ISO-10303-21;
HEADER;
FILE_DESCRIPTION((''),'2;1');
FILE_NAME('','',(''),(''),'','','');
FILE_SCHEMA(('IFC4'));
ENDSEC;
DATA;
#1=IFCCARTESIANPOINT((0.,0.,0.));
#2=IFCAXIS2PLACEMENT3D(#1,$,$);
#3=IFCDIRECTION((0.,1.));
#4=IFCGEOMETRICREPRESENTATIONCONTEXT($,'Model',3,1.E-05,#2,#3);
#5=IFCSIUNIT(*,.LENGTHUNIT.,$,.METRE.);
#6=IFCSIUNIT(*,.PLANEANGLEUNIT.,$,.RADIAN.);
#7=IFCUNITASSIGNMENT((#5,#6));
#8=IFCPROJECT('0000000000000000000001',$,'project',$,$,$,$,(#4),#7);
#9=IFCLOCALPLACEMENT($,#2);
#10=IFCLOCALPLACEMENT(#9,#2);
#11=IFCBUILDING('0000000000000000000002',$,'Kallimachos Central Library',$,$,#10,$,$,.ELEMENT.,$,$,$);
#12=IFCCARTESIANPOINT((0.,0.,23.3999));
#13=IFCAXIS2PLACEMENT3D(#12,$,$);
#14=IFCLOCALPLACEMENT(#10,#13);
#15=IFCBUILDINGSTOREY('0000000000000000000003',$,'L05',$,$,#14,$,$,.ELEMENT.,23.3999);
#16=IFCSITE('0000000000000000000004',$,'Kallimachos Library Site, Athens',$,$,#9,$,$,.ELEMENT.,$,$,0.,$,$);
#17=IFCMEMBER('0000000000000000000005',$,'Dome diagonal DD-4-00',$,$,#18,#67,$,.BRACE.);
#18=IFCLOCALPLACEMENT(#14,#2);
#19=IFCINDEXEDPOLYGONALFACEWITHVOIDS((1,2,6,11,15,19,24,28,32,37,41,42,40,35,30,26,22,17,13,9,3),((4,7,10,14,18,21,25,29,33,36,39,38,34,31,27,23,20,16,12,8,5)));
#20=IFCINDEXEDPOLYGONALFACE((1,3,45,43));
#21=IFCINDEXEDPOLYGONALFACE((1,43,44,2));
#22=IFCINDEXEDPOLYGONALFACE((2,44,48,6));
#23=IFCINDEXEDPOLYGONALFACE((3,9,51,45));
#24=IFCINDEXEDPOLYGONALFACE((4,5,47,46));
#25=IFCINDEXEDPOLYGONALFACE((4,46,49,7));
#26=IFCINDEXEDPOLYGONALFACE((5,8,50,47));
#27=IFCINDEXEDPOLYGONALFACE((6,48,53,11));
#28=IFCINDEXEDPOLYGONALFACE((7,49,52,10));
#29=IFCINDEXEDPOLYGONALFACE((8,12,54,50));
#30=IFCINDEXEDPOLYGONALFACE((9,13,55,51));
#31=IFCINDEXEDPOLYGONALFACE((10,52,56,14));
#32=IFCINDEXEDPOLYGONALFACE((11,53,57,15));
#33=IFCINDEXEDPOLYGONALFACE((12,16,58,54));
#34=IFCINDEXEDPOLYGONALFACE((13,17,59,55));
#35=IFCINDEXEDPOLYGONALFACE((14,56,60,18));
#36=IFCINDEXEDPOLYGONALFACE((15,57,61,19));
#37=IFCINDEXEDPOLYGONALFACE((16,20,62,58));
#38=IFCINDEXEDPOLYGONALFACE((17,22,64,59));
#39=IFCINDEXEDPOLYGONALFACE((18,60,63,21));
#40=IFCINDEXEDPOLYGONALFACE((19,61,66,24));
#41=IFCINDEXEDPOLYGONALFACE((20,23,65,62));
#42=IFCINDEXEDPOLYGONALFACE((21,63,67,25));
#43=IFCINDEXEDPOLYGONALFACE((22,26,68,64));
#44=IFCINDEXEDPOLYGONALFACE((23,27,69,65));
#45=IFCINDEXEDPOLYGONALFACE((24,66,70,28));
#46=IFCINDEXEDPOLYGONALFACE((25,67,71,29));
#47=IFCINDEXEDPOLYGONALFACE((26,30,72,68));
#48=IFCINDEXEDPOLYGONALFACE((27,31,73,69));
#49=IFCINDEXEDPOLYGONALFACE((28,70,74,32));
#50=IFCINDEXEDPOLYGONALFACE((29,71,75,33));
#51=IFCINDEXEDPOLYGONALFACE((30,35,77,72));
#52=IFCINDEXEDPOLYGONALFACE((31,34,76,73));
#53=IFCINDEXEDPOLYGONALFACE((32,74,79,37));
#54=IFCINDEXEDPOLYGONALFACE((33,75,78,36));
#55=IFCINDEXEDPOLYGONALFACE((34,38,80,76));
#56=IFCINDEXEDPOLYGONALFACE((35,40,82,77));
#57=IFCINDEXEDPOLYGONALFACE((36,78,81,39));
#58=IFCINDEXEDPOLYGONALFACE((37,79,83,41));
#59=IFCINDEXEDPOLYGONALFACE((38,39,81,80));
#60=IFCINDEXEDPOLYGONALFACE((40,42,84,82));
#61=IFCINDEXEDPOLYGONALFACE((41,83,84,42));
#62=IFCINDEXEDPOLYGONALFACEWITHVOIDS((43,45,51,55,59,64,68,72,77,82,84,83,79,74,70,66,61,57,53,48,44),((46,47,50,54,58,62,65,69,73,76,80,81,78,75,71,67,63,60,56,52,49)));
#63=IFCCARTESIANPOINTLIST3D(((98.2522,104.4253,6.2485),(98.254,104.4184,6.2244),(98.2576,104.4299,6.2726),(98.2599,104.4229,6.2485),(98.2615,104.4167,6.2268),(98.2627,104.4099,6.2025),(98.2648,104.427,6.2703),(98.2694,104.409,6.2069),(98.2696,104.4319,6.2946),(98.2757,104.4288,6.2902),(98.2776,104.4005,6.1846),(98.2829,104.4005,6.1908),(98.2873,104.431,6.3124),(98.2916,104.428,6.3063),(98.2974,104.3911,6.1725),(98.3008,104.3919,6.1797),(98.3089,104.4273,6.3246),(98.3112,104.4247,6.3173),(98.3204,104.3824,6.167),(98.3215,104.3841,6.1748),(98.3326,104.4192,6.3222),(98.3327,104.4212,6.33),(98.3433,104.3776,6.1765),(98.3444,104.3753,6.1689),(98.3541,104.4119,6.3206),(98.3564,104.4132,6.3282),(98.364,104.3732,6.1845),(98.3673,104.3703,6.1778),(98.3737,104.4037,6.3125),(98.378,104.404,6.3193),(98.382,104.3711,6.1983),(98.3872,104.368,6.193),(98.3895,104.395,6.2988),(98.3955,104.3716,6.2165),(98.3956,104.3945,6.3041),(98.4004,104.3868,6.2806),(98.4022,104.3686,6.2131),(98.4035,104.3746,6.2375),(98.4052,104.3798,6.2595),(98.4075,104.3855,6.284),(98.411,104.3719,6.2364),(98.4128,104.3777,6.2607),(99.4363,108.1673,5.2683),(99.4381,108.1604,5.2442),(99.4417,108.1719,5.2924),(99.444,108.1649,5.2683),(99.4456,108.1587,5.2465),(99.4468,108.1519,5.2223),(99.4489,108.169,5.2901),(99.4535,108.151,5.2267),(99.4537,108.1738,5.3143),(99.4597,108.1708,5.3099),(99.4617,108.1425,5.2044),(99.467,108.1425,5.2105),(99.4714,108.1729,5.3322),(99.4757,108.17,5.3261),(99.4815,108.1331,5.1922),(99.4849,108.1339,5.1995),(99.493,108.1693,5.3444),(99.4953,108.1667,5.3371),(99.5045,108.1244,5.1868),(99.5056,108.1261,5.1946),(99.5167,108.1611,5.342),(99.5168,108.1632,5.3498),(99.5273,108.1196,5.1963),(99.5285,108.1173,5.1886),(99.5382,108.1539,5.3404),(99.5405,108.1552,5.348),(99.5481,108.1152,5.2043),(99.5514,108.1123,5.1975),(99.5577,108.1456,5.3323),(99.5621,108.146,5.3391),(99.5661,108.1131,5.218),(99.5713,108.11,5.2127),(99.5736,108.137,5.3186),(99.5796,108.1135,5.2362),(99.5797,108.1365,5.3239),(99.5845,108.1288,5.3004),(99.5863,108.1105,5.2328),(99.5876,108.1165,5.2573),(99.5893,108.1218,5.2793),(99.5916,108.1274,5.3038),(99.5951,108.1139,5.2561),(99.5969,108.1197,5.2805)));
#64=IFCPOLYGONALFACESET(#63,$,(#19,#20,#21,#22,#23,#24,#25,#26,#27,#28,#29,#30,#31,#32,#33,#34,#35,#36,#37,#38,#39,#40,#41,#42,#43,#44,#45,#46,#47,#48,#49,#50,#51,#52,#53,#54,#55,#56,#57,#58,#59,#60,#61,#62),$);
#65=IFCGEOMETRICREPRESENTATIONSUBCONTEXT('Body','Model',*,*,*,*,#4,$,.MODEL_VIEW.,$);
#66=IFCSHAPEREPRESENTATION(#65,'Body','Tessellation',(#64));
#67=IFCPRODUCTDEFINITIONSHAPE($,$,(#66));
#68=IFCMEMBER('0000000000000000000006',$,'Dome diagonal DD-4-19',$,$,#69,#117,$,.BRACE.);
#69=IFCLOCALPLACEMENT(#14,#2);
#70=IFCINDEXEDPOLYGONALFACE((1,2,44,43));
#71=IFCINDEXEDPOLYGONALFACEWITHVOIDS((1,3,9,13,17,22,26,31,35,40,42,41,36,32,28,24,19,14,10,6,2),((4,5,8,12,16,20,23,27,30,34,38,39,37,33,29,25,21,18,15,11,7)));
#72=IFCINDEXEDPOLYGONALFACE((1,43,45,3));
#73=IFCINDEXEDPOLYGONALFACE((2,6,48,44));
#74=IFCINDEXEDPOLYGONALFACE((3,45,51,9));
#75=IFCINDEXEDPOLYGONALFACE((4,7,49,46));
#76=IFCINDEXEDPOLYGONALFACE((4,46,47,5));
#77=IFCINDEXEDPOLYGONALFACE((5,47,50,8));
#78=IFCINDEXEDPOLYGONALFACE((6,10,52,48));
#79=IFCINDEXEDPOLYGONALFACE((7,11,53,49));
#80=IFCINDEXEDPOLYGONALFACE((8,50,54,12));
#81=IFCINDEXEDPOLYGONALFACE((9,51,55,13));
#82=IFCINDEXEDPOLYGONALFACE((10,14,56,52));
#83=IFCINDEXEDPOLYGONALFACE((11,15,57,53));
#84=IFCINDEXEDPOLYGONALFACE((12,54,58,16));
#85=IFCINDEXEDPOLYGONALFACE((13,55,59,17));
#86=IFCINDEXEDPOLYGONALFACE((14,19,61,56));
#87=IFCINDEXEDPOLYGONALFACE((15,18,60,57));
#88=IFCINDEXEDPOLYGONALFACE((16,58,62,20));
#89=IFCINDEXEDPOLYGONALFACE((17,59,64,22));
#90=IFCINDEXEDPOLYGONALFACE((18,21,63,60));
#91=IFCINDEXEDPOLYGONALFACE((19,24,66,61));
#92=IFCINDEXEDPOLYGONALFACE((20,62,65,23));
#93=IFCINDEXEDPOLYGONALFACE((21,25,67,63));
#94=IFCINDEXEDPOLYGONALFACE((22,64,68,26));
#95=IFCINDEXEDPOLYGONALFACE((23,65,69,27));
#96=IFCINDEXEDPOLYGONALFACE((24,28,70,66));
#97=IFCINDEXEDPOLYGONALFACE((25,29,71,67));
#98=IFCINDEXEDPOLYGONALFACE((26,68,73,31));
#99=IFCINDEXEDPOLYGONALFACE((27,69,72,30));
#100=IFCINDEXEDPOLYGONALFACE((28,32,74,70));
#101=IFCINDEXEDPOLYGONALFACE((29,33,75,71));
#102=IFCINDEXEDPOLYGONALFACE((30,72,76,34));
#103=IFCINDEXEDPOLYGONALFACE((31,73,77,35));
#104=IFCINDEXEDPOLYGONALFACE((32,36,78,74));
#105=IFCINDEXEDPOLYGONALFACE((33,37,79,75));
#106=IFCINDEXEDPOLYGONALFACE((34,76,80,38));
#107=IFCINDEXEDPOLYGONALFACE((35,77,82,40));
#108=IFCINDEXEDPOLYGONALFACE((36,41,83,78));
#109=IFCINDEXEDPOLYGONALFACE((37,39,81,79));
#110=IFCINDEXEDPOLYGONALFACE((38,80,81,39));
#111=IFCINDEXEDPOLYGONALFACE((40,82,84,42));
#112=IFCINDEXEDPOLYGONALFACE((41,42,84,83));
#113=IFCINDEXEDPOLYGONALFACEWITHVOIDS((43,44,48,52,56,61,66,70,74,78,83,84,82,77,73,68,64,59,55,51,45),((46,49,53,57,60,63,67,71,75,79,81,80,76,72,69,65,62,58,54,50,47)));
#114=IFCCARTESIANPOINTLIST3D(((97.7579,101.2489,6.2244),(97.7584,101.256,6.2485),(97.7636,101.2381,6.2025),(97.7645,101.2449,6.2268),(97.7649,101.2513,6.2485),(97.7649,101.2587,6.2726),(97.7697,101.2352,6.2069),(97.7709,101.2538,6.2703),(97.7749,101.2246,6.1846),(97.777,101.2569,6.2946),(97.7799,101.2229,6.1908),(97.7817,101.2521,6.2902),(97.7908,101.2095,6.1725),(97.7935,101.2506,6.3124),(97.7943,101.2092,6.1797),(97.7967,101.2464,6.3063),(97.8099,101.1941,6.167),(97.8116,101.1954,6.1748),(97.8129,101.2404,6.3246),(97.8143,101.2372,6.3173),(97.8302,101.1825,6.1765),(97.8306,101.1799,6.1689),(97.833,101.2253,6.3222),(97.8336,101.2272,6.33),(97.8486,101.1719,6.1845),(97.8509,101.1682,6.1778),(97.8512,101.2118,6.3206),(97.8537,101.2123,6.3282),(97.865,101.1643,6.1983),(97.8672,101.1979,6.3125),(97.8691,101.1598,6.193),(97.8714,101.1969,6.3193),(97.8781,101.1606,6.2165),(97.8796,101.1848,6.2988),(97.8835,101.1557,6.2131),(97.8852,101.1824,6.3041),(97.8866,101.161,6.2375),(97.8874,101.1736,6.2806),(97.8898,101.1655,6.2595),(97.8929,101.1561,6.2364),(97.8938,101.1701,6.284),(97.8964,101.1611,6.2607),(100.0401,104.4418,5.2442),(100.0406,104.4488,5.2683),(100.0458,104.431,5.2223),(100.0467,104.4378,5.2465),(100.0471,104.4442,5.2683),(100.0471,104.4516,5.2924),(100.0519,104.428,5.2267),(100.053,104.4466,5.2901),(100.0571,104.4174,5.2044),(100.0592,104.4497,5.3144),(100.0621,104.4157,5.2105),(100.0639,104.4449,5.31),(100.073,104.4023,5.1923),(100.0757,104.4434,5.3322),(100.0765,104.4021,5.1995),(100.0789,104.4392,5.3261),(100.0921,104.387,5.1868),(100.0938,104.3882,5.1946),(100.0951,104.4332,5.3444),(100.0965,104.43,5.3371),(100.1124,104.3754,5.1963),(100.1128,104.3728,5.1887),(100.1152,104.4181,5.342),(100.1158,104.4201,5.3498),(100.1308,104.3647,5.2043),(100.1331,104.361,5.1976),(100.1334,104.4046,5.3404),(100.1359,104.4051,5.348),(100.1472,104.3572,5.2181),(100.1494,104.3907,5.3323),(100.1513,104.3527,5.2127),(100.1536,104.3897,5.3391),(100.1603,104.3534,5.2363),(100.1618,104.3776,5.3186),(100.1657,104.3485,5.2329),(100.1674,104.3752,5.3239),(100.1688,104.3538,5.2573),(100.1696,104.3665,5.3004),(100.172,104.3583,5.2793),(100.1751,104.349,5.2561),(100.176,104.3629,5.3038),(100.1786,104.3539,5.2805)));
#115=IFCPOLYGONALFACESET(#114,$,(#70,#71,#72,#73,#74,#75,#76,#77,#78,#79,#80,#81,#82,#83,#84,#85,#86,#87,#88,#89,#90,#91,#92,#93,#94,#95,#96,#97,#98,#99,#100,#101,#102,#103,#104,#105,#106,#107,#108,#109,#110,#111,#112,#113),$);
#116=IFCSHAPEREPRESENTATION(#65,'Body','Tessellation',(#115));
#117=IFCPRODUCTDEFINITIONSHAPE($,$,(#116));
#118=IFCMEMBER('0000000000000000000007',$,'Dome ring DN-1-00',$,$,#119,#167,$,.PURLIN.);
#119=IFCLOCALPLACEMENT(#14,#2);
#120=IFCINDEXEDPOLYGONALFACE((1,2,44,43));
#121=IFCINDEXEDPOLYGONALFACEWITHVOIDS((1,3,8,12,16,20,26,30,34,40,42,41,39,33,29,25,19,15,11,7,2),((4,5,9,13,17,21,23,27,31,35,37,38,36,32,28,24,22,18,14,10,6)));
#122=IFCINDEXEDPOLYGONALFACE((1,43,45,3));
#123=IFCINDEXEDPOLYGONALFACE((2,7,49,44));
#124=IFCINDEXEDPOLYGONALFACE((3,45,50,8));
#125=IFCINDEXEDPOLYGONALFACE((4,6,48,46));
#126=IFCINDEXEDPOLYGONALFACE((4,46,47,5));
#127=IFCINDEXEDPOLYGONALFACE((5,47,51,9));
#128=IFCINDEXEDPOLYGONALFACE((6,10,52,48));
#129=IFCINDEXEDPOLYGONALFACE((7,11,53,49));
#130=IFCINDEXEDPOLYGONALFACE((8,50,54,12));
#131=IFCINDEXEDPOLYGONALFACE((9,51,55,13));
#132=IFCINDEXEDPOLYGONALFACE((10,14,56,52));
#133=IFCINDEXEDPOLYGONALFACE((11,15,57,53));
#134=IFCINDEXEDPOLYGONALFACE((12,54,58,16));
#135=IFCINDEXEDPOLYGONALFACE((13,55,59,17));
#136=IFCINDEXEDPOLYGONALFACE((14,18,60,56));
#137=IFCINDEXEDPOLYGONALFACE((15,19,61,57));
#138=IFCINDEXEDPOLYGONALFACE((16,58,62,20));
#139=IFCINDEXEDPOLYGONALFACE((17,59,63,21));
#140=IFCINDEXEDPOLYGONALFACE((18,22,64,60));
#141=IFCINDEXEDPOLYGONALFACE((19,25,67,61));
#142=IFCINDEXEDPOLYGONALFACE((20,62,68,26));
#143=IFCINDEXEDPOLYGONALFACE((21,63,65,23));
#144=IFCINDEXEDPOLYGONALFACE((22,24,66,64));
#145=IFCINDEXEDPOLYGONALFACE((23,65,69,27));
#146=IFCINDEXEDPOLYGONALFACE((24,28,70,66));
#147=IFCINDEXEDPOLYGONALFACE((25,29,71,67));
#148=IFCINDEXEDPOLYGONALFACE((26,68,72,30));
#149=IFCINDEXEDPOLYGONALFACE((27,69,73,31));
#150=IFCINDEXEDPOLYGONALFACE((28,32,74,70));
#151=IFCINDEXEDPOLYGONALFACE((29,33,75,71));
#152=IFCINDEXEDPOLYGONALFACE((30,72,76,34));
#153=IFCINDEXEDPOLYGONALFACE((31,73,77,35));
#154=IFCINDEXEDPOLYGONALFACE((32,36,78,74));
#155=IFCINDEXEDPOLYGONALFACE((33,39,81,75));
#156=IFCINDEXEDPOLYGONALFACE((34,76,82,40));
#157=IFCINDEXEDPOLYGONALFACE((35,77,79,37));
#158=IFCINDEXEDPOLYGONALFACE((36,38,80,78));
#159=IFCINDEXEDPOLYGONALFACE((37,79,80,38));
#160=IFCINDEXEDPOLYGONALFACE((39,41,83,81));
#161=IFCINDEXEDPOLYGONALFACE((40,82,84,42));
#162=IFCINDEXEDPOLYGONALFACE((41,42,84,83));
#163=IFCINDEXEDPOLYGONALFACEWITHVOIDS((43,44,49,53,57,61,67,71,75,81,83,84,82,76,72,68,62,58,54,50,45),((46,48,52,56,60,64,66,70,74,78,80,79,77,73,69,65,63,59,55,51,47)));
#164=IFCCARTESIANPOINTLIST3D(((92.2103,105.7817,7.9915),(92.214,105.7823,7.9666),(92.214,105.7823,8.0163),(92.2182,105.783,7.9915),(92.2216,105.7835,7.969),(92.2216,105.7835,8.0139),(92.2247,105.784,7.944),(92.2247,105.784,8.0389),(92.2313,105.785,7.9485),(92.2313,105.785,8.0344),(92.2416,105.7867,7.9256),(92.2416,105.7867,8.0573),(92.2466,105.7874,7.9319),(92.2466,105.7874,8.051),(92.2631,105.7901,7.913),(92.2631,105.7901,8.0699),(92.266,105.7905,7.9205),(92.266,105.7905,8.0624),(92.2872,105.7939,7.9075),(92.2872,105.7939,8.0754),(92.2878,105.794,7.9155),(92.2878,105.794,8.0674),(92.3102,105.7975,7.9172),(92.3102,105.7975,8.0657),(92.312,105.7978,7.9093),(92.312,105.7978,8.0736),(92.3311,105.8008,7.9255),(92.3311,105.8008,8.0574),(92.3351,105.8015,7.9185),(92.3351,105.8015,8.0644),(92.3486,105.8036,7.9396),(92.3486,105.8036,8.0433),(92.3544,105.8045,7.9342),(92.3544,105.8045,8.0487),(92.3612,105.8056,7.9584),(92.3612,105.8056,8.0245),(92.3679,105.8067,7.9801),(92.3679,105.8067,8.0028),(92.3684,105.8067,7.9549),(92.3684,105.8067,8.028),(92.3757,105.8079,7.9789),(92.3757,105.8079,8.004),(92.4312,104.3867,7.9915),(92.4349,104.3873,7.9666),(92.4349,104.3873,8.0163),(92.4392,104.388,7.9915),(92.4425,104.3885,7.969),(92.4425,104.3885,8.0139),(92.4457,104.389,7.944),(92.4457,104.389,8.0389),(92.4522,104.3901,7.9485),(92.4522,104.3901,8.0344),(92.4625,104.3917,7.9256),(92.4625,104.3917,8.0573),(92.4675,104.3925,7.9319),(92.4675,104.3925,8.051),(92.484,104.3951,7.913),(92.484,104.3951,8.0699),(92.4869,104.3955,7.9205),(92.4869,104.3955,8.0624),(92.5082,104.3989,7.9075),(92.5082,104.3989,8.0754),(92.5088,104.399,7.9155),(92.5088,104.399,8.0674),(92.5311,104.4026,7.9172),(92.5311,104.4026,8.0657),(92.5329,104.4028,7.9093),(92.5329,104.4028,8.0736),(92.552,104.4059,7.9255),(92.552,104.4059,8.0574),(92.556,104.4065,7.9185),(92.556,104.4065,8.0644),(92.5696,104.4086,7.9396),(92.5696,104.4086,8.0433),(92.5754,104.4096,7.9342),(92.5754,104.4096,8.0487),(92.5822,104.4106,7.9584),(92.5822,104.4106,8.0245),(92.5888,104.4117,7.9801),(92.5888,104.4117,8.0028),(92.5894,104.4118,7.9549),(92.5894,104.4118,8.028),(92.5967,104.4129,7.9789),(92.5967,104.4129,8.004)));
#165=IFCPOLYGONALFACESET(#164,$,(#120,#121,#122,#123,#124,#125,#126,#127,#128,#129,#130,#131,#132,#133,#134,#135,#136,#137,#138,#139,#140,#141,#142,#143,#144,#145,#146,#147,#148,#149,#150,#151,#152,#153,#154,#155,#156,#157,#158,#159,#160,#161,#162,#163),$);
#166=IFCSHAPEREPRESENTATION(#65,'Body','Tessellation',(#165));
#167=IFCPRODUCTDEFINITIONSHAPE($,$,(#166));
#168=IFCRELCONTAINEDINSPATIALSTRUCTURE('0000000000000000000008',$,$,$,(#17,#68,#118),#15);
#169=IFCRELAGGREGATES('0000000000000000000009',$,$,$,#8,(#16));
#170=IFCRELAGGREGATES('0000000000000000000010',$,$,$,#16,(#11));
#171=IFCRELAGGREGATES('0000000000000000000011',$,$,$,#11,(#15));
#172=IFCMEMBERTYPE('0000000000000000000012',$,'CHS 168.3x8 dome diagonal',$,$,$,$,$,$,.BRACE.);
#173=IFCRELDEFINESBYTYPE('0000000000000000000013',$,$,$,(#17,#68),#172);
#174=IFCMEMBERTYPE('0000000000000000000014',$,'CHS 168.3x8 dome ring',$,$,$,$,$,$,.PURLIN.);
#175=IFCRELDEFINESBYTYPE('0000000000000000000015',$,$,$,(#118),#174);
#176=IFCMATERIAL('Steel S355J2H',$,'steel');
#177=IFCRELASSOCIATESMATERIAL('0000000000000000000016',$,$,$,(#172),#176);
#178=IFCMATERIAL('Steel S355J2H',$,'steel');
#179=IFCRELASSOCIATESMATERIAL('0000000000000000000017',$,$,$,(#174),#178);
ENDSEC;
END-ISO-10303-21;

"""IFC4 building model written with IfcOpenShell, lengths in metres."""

from ifc_helpers import new_model, si_unit, direction, frame, origin, origin_2d, place, context, subcontext, project, spatial, hollow_circle, extrude, material, material_profile, profile_set, type_object, element, save


model = new_model("IFC4")

# Units and contexts
model_context = context("Model", 3, precision=1e-05, world=origin(), true_north=direction((0.0, 1.0)))
body_context = subcontext(model_context, "Body", "Model", "MODEL_VIEW")
ifc_project = project(units=[si_unit("LENGTHUNIT", "METRE"), si_unit("PLANEANGLEUNIT", "RADIAN")], contexts=[model_context])

# Site, building, storey
site_placement = place(None, origin())
site = spatial("IfcSite", under=ifc_project, at=site_placement, Name="Kallimachos Library Site, Athens", CompositionType="ELEMENT", RefElevation=0.0)
building_placement = place(site_placement, origin())
building = spatial("IfcBuilding", under=site, at=building_placement, Name="Kallimachos Central Library", CompositionType="ELEMENT")
storey_placement = place(building_placement, frame((0.0, 0.0, 23.3999)))
storey = spatial("IfcBuildingStorey", under=building, at=storey_placement, Name="L05", CompositionType="ELEMENT", Elevation=23.3999)

# Members
ifc_material_1 = material(Name="Steel S355J2H", Category="steel")
ifc_material_profile_1 = material_profile(ifc_material_1, hollow_circle(Radius=0.0842, WallThickness=0.0081, at=origin_2d()), Name="CHS 168.3x8")
ifc_profile_set_1 = profile_set([ifc_material_profile_1], Name="Steel S355J2H")
member_type_1 = type_object("IfcMemberType", Name="CHS 168.3x8 dome diagonal", PredefinedType="BRACE", material=ifc_profile_set_1)
member_1_placement = place(storey_placement, frame((98.3325, 104.3999, 6.2485), z_axis=(0.2927, 0.924994, -0.242308), x_axis=(-0.953406, 0.301691, 0.0)))
element("IfcMember", 1, at=member_1_placement, inside=storey, type_object=member_type_1, Name="Dome diagonal DD-4-00", PredefinedType="BRACE", context=body_context, shape_type="SweptSolid", body=[
    extrude(hollow_circle(Radius=0.0842, WallThickness=0.0081, at=origin_2d()), origin(), (0.0, 0.0, 1.0), 4.0454),
])
member_2_placement = place(storey_placement, frame((97.8269, 101.207, 6.2485), z_axis=(0.564178, 0.789294, -0.242317), x_axis=(-0.81354, 0.581509, 0.0)))
element("IfcMember", 2, at=member_2_placement, inside=storey, type_object=member_type_1, Name="Dome diagonal DD-4-19", PredefinedType="BRACE", context=body_context, shape_type="SweptSolid", body=[
    extrude(hollow_circle(Radius=0.0842, WallThickness=0.0081, at=origin_2d()), origin(), (0.0, 0.0, 1.0), 4.0452),
])
ifc_material_2 = material(Name="Steel S355J2H", Category="steel")
ifc_material_profile_2 = material_profile(ifc_material_2, hollow_circle(Radius=0.0842, WallThickness=0.0081, at=origin_2d()), Name="CHS 168.3x8")
ifc_profile_set_2 = profile_set([ifc_material_profile_2], Name="Steel S355J2H")
member_type_2 = type_object("IfcMemberType", Name="CHS 168.3x8 dome ring", PredefinedType="PURLIN", material=ifc_profile_set_2)
member_3_placement = place(storey_placement, frame((92.5144, 104.3999, 7.9915), z_axis=(-0.156433, 0.987689, 0.0), x_axis=(-0.987689, -0.156433, 0.0)))
element("IfcMember", 3, at=member_3_placement, inside=storey, type_object=member_type_2, Name="Dome ring DN-1-00", PredefinedType="PURLIN", context=body_context, shape_type="SweptSolid", body=[
    extrude(hollow_circle(Radius=0.0842, WallThickness=0.0081, at=origin_2d()), origin(), (0.0, 0.0, 1.0), 1.4124),
])

save(model, "model.ifc")
